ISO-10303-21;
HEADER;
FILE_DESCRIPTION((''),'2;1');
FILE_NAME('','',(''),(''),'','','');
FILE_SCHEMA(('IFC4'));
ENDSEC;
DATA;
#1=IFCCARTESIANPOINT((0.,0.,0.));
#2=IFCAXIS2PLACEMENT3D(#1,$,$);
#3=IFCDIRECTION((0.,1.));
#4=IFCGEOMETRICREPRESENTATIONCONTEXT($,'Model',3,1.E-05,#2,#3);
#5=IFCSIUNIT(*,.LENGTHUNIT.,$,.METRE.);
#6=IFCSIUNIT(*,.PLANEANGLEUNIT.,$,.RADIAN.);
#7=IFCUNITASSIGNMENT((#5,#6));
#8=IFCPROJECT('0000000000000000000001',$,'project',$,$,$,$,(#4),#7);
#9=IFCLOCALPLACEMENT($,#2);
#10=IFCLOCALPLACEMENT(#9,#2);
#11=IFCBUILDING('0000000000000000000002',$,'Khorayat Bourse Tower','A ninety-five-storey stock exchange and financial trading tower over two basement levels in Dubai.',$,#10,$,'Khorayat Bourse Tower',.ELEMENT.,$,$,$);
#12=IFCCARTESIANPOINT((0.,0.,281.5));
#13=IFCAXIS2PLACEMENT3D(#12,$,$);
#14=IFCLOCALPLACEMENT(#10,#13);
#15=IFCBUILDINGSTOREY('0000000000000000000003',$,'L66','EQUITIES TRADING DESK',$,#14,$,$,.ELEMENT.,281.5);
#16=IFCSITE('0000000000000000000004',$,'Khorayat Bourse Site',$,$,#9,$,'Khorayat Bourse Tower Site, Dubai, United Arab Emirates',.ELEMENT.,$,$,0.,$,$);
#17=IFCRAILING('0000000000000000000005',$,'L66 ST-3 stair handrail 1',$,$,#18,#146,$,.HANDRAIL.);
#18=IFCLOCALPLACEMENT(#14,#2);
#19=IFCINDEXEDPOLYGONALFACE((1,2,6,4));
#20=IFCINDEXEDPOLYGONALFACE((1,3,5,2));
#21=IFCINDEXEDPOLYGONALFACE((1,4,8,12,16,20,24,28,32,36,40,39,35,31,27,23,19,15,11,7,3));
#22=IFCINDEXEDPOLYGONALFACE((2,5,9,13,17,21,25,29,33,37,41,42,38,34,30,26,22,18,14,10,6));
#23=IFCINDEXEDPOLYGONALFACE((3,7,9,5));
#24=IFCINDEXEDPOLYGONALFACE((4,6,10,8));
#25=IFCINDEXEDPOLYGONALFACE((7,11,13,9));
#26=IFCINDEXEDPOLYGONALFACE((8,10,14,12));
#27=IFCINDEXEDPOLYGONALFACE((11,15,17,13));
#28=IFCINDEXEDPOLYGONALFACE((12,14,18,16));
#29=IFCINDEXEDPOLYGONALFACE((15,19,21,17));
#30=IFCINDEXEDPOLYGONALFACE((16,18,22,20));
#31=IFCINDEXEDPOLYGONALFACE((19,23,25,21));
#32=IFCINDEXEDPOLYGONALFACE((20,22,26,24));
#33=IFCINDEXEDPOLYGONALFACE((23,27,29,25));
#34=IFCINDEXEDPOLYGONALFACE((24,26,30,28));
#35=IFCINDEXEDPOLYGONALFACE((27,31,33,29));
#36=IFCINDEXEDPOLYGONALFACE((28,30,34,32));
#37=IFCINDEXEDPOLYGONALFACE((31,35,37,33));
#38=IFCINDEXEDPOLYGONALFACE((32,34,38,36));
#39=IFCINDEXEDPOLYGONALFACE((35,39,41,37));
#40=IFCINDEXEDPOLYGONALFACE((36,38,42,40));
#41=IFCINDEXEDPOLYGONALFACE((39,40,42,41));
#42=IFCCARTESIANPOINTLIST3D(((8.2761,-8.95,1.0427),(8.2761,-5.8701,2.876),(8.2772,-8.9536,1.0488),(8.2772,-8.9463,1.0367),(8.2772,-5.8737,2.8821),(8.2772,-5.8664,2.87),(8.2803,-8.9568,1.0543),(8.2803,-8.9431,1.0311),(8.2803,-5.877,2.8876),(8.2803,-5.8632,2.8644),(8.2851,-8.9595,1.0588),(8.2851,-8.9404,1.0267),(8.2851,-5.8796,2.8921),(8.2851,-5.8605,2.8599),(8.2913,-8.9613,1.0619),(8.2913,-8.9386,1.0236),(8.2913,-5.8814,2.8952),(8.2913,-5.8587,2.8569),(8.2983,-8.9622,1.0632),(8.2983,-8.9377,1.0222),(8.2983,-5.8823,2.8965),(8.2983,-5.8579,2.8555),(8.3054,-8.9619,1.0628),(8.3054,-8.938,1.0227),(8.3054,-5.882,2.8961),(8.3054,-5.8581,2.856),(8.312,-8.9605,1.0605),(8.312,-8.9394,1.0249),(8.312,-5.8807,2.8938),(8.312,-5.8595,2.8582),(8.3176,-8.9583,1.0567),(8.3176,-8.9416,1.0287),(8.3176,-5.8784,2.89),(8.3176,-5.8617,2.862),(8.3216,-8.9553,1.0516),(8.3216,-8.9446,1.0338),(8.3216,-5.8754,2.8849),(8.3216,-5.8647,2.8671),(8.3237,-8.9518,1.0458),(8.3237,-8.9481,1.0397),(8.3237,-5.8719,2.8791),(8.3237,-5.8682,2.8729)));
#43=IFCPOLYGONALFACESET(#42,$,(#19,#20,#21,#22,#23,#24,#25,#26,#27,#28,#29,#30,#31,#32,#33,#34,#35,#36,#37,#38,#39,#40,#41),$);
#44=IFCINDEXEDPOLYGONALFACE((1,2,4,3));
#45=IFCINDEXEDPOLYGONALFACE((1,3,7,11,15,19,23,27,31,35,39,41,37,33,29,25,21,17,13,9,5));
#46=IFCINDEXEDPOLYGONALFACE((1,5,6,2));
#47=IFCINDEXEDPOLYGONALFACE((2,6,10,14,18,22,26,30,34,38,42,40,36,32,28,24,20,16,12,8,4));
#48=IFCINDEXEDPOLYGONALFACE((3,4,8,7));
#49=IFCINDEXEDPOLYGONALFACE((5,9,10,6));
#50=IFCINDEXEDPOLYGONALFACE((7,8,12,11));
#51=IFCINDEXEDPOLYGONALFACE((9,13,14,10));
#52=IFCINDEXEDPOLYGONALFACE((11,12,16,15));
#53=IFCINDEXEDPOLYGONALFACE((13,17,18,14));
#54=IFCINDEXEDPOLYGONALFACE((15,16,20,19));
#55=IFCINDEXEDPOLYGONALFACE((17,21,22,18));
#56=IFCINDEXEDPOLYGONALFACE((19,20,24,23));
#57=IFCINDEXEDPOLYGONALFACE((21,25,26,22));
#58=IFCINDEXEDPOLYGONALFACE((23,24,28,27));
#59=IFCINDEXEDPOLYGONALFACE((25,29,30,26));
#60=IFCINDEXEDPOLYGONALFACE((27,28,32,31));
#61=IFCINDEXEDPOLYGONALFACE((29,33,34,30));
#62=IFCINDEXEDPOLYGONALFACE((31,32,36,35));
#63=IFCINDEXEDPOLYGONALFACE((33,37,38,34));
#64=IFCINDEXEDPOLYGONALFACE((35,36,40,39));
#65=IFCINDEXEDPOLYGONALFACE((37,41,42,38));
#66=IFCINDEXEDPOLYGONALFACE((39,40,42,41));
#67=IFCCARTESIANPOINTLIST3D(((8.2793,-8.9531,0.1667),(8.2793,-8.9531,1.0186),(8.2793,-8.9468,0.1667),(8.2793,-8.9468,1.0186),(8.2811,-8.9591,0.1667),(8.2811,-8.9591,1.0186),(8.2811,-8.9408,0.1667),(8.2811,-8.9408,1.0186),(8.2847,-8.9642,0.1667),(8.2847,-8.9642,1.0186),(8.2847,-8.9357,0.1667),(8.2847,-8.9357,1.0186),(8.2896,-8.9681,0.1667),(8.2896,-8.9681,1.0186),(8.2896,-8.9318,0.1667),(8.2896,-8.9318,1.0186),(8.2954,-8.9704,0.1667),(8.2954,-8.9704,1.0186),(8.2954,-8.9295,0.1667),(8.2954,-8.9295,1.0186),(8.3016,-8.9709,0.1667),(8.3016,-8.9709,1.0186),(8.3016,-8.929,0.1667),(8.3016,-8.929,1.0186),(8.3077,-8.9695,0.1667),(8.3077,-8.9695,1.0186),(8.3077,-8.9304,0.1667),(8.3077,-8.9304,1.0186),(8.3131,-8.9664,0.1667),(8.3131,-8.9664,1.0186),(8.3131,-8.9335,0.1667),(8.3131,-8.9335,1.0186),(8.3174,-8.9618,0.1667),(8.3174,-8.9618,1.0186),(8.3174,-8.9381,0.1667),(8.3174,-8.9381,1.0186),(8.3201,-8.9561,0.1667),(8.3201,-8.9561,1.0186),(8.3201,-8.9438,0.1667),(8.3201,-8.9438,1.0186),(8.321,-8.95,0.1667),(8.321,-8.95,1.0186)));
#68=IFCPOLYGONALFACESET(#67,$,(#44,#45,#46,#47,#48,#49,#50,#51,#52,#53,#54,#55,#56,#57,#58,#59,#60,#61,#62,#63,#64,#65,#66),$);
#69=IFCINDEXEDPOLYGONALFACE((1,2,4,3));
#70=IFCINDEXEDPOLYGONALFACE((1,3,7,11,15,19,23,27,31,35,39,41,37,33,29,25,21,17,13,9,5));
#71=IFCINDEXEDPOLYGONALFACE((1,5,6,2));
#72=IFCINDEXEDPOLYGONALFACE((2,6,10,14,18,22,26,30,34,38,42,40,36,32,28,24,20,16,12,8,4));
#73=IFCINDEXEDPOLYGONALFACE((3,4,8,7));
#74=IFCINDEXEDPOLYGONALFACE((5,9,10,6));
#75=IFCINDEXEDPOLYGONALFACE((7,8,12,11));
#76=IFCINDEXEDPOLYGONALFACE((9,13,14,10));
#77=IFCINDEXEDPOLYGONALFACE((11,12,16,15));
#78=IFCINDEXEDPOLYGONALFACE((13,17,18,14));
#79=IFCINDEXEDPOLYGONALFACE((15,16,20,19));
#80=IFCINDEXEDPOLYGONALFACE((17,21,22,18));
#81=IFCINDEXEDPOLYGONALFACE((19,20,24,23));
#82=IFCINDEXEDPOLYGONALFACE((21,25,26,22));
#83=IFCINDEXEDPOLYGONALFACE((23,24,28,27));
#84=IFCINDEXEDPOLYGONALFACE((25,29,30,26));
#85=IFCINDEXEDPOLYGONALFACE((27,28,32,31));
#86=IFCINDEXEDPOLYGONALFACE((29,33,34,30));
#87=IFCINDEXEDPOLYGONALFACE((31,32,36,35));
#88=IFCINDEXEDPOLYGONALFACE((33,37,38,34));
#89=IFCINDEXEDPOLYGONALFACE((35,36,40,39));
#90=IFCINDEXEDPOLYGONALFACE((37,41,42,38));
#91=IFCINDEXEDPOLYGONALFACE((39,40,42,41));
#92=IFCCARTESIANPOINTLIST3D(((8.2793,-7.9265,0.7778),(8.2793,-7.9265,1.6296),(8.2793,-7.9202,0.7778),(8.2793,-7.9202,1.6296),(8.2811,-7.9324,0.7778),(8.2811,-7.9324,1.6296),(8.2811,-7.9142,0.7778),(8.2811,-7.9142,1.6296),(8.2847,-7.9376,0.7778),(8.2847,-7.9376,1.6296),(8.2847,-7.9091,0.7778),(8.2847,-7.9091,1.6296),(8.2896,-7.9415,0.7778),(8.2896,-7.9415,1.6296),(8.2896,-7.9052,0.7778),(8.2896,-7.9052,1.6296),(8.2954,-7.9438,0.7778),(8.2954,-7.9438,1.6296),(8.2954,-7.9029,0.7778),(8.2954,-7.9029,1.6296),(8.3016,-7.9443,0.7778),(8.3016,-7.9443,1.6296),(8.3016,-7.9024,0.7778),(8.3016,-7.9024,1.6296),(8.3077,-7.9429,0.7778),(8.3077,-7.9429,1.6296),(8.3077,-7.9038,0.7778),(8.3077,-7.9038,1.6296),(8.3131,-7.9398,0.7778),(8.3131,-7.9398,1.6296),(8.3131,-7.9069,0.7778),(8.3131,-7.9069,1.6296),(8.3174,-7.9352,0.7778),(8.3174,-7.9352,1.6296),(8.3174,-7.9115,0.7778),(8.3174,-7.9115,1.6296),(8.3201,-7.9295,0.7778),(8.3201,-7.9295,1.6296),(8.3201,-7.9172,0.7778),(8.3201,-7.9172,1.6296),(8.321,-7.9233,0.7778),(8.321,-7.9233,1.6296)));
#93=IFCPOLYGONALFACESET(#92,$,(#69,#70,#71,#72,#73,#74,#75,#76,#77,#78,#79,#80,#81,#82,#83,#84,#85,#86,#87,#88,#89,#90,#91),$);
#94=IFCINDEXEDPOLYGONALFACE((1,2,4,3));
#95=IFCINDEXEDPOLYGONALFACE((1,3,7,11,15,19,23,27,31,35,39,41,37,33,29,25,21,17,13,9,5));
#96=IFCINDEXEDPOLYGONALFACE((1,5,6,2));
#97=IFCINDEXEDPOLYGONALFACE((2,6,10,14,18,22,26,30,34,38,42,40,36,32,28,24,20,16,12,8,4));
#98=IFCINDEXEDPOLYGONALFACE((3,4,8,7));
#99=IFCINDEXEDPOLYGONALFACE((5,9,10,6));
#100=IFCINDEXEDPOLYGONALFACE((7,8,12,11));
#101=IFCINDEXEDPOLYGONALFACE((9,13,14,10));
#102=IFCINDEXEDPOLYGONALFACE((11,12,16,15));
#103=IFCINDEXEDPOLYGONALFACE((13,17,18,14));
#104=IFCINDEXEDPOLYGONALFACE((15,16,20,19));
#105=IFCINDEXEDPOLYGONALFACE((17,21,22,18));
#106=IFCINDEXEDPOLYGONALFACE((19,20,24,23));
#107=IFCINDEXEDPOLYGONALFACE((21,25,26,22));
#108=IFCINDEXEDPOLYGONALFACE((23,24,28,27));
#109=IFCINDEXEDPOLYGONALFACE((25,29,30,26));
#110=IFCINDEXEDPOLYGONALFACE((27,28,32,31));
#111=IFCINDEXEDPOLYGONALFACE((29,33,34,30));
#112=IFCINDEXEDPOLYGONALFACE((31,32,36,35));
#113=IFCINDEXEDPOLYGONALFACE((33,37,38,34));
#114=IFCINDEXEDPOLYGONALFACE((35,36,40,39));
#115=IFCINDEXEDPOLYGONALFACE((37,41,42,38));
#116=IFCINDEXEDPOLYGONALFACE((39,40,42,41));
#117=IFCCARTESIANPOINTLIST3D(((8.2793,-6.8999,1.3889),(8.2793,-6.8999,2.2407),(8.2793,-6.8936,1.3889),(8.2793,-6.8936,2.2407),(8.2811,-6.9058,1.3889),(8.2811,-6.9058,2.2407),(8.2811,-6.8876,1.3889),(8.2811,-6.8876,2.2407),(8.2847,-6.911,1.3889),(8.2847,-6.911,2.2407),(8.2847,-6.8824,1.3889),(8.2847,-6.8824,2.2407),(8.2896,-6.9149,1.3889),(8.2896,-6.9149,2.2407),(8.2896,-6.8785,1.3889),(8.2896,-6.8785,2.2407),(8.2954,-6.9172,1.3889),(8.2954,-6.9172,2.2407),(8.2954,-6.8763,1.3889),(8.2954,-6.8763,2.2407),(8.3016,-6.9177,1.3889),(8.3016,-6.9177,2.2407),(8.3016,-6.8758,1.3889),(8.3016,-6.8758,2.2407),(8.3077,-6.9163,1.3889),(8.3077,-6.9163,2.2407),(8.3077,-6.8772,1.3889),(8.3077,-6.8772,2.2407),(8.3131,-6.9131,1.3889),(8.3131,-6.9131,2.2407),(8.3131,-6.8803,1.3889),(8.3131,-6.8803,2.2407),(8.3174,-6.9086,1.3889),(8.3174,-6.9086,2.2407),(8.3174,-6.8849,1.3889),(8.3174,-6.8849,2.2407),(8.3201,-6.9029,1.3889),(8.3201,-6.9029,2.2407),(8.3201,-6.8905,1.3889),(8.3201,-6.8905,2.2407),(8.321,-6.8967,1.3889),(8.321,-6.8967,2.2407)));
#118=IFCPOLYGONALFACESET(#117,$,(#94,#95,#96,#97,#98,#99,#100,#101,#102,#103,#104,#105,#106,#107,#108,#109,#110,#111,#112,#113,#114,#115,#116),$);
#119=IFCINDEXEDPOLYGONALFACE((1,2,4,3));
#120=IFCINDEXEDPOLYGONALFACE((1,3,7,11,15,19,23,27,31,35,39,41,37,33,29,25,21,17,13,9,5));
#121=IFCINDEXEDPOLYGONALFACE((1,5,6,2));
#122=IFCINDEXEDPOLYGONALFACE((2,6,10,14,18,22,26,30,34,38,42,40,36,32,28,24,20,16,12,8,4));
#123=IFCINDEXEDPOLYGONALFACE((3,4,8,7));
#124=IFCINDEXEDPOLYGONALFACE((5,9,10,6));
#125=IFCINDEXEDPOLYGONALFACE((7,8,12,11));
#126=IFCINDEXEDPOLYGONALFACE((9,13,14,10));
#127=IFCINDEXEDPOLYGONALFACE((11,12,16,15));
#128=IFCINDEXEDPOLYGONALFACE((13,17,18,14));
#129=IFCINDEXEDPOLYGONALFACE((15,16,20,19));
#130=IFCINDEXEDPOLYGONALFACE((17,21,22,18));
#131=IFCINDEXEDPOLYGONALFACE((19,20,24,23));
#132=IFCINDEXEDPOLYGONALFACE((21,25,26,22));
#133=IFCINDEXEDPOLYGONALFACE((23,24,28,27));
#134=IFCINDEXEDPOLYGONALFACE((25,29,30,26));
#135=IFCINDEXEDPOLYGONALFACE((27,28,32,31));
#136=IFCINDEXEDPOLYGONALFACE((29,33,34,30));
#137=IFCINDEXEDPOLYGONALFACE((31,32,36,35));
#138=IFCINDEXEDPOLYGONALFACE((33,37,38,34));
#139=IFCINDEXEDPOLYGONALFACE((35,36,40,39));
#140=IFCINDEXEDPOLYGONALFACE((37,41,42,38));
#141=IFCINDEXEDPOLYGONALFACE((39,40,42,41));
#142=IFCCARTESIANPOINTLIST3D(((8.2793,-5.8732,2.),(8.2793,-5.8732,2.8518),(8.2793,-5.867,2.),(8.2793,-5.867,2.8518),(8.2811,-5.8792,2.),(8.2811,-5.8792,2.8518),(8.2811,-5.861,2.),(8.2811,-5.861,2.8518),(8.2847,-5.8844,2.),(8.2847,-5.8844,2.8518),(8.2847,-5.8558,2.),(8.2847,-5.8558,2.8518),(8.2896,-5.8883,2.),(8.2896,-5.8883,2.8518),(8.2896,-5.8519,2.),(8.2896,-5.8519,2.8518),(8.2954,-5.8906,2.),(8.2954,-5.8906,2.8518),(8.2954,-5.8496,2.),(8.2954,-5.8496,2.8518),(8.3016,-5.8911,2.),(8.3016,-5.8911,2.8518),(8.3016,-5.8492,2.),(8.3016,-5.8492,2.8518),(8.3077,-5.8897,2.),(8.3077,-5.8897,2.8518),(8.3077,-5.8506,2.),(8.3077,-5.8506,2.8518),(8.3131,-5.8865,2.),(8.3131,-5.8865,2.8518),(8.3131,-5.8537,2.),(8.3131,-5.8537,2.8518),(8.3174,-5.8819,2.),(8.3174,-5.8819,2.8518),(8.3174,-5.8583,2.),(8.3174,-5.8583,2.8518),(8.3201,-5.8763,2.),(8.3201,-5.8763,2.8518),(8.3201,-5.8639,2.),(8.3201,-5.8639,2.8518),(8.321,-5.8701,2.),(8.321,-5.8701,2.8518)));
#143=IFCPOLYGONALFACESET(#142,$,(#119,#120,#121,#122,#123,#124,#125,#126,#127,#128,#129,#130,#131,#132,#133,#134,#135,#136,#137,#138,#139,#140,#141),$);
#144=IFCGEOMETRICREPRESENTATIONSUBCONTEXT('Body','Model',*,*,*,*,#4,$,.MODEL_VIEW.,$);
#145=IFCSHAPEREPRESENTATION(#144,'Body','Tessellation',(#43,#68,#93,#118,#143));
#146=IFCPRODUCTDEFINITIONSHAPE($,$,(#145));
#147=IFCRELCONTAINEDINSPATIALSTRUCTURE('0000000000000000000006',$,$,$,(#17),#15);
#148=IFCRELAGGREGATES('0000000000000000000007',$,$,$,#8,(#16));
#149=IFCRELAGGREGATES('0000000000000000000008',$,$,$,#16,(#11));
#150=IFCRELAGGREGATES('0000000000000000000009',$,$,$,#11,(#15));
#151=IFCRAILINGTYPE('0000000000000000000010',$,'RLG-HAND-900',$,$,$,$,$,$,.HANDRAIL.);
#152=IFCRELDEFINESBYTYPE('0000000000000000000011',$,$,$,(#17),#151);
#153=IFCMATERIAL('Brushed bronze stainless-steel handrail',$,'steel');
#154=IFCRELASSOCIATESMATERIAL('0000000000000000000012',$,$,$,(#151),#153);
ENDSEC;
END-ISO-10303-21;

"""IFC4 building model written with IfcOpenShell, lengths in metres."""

from ifc_helpers import new_model, si_unit, direction, frame, origin, origin_2d, place, context, subcontext, project, spatial, circle, extrude, source, transform, mapped, material, type_object, element, save


model = new_model("IFC4")

# Units and contexts
model_context = context("Model", 3, precision=1e-05, world=origin(), true_north=direction((0.0, 1.0)))
body_context = subcontext(model_context, "Body", "Model", "MODEL_VIEW")
ifc_project = project(units=[si_unit("LENGTHUNIT", "METRE"), si_unit("PLANEANGLEUNIT", "RADIAN")], contexts=[model_context])

# Site, building, storey
site_placement = place(None, origin())
site = spatial("IfcSite", under=ifc_project, at=site_placement, Name="Khorayat Bourse Site", LongName="Khorayat Bourse Tower Site, Dubai, United Arab Emirates", CompositionType="ELEMENT", RefElevation=0.0)
building_placement = place(site_placement, origin())
building = spatial("IfcBuilding", under=site, at=building_placement, Name="Khorayat Bourse Tower", Description="A ninety-five-storey stock exchange and financial trading tower over two basement levels in Dubai.", LongName="Khorayat Bourse Tower", CompositionType="ELEMENT")
storey_placement = place(building_placement, frame((0.0, 0.0, 281.5)))
storey = spatial("IfcBuildingStorey", under=building, at=storey_placement, Name="L66", Description="EQUITIES TRADING DESK", CompositionType="ELEMENT", Elevation=281.5)

# Railing
ifc_material_1 = material(Name="Brushed bronze stainless-steel handrail", Category="steel")
railing_type_1 = type_object("IfcRailingType", Name="RLG-HAND-900", PredefinedType="HANDRAIL", material=ifc_material_1)
shared_shape_1 = source(origin(), body_context, "Body", "SweptSolid", [
    extrude(circle(Radius=0.0239, at=origin_2d()), frame((0.0, 0.0, 0.876), z_axis=(0.0, 0.859291, 0.511487), x_axis=(-1.0, 0.0, 0.0)), (0.0, 0.0, 1.0), 3.5842),
    extrude(circle(Radius=0.021, at=origin_2d()), origin(), (0.0, 0.0, 1.0), 0.8518),
    extrude(circle(Radius=0.021, at=origin_2d()), frame((0.0, 1.0266, 0.6111)), (0.0, 0.0, 1.0), 0.8518),
    extrude(circle(Radius=0.021, at=origin_2d()), frame((0.0, 2.0532, 1.2222)), (0.0, 0.0, 1.0), 0.8518),
    extrude(circle(Radius=0.021, at=origin_2d()), frame((0.0, 3.0798, 1.8333)), (0.0, 0.0, 1.0), 0.8518),
])
railing_1_placement = place(storey_placement, frame((8.3, -8.95, 0.1667)))
element("IfcRailing", 1, at=railing_1_placement, inside=storey, type_object=railing_type_1, Name="L66 ST-3 stair handrail 1", PredefinedType="HANDRAIL", context=body_context, shape_type="MappedRepresentation", body=[
    mapped(shared_shape_1, transform((0.0, 0.0, 0.0), scale=1.0)),
])

save(model, "model.ifc")
